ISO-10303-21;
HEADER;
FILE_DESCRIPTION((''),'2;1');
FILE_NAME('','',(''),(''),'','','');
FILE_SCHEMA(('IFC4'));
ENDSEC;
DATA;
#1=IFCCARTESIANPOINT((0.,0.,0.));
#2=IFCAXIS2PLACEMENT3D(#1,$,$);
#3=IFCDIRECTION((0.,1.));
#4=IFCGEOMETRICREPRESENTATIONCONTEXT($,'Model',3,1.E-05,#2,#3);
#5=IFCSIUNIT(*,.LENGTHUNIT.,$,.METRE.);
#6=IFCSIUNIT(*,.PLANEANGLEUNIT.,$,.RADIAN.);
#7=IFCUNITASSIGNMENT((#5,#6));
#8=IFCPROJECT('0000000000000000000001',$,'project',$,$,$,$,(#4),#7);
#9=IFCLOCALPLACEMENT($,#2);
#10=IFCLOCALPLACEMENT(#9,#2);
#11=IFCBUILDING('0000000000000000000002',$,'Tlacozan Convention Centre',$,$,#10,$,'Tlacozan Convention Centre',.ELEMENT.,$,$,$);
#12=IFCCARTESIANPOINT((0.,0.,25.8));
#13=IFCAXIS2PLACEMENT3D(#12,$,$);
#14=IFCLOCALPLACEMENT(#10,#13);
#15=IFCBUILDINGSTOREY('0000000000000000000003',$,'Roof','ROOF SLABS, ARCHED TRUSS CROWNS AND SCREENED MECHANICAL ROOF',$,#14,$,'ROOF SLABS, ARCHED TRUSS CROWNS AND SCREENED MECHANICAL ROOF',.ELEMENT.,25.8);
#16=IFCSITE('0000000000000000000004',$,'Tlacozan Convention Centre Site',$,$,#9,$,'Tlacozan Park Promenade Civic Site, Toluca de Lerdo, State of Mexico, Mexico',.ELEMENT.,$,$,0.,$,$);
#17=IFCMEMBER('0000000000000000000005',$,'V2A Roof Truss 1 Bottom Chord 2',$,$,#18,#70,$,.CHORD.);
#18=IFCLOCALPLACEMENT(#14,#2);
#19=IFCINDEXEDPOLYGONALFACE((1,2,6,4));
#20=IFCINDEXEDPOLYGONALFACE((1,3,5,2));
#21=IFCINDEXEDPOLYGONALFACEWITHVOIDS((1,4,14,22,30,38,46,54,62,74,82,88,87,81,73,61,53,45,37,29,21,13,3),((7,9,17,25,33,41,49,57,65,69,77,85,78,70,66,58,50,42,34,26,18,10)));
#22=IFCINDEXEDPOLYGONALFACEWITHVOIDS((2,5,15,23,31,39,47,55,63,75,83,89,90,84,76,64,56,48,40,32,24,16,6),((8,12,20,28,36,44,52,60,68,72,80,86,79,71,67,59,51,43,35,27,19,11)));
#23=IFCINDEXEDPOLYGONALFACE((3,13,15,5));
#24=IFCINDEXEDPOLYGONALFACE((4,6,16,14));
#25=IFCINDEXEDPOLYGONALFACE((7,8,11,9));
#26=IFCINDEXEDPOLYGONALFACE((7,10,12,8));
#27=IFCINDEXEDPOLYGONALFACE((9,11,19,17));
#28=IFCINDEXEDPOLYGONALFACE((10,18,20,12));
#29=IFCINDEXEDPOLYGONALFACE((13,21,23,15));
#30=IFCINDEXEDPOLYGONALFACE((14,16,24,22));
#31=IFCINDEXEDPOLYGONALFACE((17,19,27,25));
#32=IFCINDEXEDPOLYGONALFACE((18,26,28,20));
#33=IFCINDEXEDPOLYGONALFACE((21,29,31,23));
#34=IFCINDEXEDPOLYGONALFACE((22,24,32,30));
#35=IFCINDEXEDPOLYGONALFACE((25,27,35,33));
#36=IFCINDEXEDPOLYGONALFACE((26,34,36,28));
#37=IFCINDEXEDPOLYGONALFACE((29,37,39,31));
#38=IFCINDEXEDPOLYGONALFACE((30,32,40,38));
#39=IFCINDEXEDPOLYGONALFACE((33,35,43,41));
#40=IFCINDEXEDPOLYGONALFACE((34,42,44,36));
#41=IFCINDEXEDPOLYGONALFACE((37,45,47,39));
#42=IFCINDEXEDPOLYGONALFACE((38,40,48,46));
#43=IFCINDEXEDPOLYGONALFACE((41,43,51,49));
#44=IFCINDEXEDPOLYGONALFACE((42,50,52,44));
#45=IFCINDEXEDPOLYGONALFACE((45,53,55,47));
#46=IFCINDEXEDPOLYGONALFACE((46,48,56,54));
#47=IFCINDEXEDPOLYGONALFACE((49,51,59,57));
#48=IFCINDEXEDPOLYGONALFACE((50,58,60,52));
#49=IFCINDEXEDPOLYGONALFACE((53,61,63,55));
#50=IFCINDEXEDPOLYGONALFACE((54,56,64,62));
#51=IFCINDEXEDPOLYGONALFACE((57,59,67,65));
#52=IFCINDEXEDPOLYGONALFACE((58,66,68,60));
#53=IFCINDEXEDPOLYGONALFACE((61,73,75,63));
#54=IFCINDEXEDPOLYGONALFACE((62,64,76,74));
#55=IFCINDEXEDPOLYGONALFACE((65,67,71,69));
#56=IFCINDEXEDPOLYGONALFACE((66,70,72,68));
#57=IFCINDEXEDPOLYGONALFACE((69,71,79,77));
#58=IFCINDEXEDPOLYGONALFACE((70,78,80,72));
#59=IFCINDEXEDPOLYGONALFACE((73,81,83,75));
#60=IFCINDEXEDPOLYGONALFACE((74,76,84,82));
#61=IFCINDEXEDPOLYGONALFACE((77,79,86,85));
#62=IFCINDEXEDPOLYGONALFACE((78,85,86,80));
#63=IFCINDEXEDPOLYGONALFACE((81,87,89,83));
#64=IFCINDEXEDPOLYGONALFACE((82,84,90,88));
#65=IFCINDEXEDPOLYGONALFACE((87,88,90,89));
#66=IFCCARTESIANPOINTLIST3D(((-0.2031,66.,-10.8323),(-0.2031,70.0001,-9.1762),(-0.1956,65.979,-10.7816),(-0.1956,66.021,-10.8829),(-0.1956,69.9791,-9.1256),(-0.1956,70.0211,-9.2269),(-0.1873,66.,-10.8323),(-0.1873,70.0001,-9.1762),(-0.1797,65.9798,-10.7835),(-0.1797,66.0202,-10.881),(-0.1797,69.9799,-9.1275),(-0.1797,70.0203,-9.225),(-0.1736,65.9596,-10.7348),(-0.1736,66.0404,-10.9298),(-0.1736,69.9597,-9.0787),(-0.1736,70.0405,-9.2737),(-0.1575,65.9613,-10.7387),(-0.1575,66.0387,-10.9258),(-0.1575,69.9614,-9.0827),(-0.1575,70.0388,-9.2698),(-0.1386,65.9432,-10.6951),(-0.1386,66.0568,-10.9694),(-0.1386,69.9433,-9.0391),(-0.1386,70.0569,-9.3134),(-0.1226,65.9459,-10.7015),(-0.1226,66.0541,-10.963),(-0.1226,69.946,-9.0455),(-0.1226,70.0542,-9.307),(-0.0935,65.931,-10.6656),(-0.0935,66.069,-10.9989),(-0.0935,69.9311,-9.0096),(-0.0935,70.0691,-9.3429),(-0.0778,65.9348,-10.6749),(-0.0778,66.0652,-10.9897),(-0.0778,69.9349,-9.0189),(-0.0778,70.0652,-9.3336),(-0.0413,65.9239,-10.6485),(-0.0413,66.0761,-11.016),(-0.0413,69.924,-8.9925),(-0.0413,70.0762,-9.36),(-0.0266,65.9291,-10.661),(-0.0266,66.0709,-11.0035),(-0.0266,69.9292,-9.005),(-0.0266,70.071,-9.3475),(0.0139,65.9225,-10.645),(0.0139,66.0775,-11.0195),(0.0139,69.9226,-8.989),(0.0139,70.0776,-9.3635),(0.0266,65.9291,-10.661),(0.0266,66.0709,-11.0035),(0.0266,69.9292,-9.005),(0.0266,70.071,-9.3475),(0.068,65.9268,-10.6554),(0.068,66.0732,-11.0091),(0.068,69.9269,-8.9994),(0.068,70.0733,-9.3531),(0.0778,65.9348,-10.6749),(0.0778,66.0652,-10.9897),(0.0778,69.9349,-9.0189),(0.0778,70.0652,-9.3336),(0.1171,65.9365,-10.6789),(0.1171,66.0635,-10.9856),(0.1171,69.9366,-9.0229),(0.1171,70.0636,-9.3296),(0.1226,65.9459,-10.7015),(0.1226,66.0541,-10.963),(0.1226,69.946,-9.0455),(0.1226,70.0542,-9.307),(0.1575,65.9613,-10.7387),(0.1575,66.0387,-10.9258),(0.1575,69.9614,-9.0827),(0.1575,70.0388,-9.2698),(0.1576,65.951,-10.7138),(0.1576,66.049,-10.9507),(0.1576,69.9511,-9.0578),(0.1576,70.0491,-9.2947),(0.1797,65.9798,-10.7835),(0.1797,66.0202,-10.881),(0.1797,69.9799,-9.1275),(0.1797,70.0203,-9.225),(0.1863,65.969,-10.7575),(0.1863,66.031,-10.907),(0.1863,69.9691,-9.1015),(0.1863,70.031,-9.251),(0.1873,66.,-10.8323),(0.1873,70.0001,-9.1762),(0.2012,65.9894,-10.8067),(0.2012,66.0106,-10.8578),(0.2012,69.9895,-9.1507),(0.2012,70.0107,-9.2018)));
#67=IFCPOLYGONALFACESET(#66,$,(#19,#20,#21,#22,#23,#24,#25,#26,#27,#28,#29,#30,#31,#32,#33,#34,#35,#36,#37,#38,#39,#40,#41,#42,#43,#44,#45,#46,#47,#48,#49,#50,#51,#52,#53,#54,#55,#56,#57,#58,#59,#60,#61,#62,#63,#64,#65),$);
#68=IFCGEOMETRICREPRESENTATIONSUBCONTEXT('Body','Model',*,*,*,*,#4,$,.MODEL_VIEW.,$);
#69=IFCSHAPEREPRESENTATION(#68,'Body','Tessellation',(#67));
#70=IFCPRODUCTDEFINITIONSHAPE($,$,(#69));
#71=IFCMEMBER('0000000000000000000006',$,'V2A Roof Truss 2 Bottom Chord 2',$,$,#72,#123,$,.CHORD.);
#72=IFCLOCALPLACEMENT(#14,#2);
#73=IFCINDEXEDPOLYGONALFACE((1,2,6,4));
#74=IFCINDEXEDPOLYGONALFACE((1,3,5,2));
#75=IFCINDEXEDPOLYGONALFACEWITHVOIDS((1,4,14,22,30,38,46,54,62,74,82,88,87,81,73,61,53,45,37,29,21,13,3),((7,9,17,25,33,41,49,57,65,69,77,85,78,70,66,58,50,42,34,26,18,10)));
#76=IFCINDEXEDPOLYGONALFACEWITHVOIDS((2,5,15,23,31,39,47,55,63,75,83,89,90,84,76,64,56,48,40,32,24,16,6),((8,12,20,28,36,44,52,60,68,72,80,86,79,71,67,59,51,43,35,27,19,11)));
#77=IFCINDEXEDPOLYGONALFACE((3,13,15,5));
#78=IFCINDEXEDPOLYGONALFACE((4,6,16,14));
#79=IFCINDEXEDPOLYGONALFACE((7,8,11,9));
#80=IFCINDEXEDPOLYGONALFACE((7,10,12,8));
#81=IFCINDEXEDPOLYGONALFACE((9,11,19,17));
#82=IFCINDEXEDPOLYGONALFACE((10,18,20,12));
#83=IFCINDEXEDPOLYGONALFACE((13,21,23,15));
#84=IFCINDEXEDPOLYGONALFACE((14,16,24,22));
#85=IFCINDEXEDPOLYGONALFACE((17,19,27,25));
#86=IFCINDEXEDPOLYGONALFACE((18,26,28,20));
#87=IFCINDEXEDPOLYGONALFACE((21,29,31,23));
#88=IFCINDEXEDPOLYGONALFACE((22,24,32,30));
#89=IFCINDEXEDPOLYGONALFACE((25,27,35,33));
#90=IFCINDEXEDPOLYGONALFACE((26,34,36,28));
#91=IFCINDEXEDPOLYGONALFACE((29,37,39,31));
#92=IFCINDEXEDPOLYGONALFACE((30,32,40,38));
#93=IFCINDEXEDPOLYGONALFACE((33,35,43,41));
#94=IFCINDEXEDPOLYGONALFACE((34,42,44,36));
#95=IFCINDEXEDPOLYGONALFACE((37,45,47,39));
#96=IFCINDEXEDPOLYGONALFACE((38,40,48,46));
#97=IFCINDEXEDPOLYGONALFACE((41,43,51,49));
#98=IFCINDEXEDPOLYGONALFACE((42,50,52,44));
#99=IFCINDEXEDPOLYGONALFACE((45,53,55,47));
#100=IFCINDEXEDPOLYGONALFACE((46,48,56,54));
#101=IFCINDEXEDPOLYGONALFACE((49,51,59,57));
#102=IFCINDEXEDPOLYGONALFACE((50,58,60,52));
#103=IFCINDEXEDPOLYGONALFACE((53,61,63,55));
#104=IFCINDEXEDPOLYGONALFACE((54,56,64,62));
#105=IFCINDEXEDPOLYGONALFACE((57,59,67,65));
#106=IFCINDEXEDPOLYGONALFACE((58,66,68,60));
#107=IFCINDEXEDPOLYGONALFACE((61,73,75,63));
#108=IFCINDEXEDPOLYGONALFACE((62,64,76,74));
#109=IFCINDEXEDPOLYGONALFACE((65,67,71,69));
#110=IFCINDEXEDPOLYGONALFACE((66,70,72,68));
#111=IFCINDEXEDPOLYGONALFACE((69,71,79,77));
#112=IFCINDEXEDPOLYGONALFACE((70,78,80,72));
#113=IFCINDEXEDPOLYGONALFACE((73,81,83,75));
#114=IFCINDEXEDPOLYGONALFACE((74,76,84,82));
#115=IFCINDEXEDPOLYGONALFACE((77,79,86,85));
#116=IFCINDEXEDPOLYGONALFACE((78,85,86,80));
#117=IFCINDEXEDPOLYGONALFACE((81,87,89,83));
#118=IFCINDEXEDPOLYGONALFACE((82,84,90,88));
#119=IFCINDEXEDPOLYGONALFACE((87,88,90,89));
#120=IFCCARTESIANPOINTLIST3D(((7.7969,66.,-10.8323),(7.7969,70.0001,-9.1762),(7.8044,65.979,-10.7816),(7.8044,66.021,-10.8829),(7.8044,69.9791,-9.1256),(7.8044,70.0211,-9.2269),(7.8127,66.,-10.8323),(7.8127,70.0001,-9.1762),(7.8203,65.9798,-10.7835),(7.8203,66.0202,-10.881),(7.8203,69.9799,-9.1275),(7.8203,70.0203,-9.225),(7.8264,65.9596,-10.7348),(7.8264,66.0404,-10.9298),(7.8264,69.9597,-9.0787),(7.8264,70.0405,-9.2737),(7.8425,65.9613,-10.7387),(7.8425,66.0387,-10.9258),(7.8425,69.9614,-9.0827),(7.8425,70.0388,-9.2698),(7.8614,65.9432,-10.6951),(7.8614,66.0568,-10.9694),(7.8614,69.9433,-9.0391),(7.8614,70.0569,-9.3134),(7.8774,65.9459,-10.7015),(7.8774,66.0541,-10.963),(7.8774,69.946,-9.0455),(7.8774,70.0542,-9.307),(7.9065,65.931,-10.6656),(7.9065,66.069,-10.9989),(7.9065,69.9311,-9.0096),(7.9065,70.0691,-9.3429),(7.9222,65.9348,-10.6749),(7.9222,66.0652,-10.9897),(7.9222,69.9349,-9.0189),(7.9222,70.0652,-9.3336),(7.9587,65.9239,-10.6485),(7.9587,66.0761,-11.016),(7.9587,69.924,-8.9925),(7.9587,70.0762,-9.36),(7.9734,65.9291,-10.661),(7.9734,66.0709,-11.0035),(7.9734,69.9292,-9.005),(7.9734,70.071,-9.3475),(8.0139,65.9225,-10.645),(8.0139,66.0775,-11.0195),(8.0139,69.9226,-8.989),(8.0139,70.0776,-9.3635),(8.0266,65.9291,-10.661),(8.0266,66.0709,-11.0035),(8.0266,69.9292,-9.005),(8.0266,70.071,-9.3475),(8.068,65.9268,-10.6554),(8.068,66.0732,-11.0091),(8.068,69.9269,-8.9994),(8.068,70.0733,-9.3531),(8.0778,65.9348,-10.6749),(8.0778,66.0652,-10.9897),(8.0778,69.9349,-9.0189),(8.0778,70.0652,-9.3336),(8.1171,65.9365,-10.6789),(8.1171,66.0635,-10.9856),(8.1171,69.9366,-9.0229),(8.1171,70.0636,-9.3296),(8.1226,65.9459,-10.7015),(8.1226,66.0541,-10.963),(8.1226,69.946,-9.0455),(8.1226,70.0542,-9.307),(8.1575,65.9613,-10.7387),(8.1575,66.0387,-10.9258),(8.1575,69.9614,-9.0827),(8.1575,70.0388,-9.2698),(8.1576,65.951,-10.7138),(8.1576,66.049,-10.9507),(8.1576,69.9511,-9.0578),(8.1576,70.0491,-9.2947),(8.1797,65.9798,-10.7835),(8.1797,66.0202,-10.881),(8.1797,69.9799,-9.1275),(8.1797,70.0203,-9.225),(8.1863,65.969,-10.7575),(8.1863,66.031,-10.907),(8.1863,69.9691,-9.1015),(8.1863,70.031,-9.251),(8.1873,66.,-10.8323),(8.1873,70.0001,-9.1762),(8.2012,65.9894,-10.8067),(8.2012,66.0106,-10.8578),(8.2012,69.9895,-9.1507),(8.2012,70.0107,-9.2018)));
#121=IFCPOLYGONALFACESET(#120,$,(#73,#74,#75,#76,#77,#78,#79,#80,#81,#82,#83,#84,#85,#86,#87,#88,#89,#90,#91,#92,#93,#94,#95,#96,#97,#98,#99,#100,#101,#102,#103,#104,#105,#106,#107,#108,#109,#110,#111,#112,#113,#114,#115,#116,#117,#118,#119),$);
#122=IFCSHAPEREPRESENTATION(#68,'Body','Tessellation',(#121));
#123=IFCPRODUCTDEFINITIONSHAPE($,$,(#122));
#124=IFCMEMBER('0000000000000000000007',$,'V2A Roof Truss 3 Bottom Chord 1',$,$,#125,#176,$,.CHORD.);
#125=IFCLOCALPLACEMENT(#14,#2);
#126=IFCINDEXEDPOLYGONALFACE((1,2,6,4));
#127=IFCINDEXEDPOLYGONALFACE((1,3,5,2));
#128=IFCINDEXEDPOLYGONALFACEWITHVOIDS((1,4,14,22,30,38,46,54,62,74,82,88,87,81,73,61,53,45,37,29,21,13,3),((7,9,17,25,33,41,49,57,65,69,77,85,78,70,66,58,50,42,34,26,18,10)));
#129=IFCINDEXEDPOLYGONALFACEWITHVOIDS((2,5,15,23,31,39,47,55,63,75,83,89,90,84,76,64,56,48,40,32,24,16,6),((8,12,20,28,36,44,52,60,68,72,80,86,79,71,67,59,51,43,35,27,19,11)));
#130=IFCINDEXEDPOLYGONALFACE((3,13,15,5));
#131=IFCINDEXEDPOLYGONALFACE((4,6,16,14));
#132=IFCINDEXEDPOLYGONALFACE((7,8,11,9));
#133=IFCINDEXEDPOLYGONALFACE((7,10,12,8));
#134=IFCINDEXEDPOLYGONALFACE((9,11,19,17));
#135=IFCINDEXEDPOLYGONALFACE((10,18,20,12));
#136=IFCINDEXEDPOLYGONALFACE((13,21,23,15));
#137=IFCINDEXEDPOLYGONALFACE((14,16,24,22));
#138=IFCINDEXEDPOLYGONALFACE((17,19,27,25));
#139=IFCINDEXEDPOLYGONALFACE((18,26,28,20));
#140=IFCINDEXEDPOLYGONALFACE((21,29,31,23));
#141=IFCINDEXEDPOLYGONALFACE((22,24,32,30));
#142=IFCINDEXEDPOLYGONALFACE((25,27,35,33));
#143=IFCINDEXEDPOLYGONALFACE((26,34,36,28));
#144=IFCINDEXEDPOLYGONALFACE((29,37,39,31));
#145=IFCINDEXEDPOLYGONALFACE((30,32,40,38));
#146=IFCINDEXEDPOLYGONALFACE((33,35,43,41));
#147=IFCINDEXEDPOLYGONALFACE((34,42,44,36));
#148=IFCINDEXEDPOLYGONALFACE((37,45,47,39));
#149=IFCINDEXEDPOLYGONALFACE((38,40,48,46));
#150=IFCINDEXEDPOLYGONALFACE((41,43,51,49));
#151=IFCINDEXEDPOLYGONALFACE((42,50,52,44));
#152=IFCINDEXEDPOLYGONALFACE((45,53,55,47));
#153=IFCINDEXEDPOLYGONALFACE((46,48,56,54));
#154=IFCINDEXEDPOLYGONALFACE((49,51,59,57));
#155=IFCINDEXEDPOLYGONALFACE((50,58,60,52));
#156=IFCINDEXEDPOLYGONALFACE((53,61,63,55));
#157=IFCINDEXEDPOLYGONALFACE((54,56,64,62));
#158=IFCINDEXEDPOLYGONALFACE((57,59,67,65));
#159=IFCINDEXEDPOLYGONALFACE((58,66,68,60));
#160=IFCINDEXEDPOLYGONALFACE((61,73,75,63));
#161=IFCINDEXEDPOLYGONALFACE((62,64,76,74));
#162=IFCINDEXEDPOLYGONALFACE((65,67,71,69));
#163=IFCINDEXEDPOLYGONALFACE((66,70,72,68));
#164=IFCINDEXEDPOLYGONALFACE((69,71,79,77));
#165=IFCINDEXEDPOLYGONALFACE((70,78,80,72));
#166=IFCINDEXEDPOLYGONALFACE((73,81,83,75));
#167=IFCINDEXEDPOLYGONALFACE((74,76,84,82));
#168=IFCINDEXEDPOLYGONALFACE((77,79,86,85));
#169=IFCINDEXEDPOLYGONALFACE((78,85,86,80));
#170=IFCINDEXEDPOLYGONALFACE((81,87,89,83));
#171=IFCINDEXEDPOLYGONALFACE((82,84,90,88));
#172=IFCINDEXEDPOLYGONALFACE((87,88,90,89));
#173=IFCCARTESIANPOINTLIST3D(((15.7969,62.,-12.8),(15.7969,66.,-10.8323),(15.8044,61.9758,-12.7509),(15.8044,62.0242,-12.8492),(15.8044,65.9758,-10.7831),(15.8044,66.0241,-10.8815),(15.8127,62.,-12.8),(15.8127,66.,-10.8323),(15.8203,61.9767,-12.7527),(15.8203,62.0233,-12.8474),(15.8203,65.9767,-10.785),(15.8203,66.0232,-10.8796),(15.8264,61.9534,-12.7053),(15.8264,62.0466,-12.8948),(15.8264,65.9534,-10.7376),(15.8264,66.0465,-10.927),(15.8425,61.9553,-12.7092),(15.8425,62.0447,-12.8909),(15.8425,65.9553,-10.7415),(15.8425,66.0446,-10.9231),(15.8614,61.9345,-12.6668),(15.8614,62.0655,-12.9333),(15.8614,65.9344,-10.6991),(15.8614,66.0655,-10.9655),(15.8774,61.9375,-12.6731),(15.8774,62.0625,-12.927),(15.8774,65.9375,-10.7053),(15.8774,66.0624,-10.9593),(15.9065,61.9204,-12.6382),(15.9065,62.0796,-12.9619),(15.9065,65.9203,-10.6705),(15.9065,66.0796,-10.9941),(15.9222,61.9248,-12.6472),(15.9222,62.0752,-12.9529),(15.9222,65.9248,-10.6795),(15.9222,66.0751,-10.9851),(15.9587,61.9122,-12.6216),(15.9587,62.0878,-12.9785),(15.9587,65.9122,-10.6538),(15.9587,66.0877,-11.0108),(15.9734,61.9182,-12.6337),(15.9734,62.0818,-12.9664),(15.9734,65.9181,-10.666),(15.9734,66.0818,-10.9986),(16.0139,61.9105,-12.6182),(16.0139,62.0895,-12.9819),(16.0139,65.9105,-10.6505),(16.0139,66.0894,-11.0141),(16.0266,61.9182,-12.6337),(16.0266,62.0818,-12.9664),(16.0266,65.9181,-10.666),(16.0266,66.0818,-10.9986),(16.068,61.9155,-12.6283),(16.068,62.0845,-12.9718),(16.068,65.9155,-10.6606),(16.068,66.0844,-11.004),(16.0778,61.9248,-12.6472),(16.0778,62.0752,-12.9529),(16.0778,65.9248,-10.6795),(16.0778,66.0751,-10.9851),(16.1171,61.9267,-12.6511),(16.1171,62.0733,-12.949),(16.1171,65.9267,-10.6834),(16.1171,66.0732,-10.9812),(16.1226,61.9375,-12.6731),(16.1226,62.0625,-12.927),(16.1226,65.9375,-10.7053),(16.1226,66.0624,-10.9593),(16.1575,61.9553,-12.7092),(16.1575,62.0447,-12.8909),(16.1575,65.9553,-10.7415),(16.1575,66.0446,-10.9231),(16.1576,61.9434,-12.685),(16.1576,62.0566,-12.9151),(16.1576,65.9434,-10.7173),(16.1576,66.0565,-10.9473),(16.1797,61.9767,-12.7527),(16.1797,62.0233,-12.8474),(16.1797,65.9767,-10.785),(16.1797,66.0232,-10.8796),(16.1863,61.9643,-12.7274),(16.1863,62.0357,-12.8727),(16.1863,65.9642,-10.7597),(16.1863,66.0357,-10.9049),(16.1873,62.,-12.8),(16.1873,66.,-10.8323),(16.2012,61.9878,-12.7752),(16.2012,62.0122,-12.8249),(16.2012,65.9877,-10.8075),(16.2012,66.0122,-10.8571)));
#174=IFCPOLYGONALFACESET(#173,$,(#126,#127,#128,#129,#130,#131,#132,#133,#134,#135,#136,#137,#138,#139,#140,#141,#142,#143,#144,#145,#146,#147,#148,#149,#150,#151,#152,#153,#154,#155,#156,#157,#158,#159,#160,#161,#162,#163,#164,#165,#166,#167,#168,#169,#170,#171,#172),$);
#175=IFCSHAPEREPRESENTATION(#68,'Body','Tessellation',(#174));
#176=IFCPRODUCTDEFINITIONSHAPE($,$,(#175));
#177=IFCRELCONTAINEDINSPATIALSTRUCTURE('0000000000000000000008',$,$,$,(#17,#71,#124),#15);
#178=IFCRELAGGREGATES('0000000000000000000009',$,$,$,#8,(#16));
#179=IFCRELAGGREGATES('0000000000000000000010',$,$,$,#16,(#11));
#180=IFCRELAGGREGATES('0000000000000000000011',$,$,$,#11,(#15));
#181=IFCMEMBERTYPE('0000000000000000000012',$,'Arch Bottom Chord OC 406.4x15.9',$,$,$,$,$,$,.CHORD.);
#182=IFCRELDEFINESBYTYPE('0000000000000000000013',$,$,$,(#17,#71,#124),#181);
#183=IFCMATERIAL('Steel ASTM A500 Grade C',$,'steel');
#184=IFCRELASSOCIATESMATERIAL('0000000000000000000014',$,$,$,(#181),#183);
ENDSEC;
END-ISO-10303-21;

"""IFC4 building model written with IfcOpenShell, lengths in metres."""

from ifc_helpers import new_model, si_unit, direction, frame, origin, origin_2d, place, context, subcontext, project, spatial, hollow_circle, extrude, material, material_profile, profile_set, type_object, element, save


model = new_model("IFC4")

# Units and contexts
model_context = context("Model", 3, precision=1e-05, world=origin(), true_north=direction((0.0, 1.0)))
body_context = subcontext(model_context, "Body", "Model", "MODEL_VIEW")
ifc_project = project(units=[si_unit("LENGTHUNIT", "METRE"), si_unit("PLANEANGLEUNIT", "RADIAN")], contexts=[model_context])

# Site, building, storey
site_placement = place(None, origin())
site = spatial("IfcSite", under=ifc_project, at=site_placement, Name="Tlacozan Convention Centre Site", LongName="Tlacozan Park Promenade Civic Site, Toluca de Lerdo, State of Mexico, Mexico", CompositionType="ELEMENT", RefElevation=0.0)
building_placement = place(site_placement, origin())
building = spatial("IfcBuilding", under=site, at=building_placement, Name="Tlacozan Convention Centre", LongName="Tlacozan Convention Centre", CompositionType="ELEMENT")
storey_placement = place(building_placement, frame((0.0, 0.0, 25.8)))
storey = spatial("IfcBuildingStorey", under=building, at=storey_placement, Name="Roof", Description="ROOF SLABS, ARCHED TRUSS CROWNS AND SCREENED MECHANICAL ROOF", LongName="ROOF SLABS, ARCHED TRUSS CROWNS AND SCREENED MECHANICAL ROOF", CompositionType="ELEMENT", Elevation=25.8)

# Members
ifc_material_1 = material(Name="Steel ASTM A500 Grade C", Category="steel")
ifc_material_profile_1 = material_profile(ifc_material_1, hollow_circle(Radius=0.2031, WallThickness=0.0159, at=origin_2d()), Name="OC 406.4x15.9")
ifc_profile_set_1 = profile_set([ifc_material_profile_1], Name="Steel ASTM A500 Grade C")
member_type_1 = type_object("IfcMemberType", Name="Arch Bottom Chord OC 406.4x15.9", PredefinedType="CHORD", material=ifc_profile_set_1)
for number, where, z_axis, x_axis, name in (
    (1, (0.0, 66.0, -10.8323), (0.0, 0.923949, 0.382516), (-1.0, 0.0, 0.0), "V2A Roof Truss 1 Bottom Chord 2"),
    (2, (8.0, 66.0, -10.8323), (0.0, 0.923949, 0.382516), (-1.0, 0.0, 0.0), "V2A Roof Truss 2 Bottom Chord 2"),
):
    element("IfcMember", number, at=place(storey_placement, frame(where, z_axis=z_axis, x_axis=x_axis)), inside=storey, type_object=member_type_1, Name=name, PredefinedType="CHORD", context=body_context, shape_type="SweptSolid", body=[
        extrude(hollow_circle(Radius=0.2031, WallThickness=0.0159, at=origin_2d()), origin(), (0.0, 0.0, 1.0), 4.3293),
    ])
member_1_placement = place(storey_placement, frame((16.0, 62.0, -12.8), z_axis=(0.0, 0.8973, 0.441421), x_axis=(-1.0, 0.0, 0.0)))
element("IfcMember", 3, at=member_1_placement, inside=storey, type_object=member_type_1, Name="V2A Roof Truss 3 Bottom Chord 1", PredefinedType="CHORD", context=body_context, shape_type="SweptSolid", body=[
    extrude(hollow_circle(Radius=0.2031, WallThickness=0.0159, at=origin_2d()), origin(), (0.0, 0.0, 1.0), 4.4578),
])

save(model, "model.ifc")
